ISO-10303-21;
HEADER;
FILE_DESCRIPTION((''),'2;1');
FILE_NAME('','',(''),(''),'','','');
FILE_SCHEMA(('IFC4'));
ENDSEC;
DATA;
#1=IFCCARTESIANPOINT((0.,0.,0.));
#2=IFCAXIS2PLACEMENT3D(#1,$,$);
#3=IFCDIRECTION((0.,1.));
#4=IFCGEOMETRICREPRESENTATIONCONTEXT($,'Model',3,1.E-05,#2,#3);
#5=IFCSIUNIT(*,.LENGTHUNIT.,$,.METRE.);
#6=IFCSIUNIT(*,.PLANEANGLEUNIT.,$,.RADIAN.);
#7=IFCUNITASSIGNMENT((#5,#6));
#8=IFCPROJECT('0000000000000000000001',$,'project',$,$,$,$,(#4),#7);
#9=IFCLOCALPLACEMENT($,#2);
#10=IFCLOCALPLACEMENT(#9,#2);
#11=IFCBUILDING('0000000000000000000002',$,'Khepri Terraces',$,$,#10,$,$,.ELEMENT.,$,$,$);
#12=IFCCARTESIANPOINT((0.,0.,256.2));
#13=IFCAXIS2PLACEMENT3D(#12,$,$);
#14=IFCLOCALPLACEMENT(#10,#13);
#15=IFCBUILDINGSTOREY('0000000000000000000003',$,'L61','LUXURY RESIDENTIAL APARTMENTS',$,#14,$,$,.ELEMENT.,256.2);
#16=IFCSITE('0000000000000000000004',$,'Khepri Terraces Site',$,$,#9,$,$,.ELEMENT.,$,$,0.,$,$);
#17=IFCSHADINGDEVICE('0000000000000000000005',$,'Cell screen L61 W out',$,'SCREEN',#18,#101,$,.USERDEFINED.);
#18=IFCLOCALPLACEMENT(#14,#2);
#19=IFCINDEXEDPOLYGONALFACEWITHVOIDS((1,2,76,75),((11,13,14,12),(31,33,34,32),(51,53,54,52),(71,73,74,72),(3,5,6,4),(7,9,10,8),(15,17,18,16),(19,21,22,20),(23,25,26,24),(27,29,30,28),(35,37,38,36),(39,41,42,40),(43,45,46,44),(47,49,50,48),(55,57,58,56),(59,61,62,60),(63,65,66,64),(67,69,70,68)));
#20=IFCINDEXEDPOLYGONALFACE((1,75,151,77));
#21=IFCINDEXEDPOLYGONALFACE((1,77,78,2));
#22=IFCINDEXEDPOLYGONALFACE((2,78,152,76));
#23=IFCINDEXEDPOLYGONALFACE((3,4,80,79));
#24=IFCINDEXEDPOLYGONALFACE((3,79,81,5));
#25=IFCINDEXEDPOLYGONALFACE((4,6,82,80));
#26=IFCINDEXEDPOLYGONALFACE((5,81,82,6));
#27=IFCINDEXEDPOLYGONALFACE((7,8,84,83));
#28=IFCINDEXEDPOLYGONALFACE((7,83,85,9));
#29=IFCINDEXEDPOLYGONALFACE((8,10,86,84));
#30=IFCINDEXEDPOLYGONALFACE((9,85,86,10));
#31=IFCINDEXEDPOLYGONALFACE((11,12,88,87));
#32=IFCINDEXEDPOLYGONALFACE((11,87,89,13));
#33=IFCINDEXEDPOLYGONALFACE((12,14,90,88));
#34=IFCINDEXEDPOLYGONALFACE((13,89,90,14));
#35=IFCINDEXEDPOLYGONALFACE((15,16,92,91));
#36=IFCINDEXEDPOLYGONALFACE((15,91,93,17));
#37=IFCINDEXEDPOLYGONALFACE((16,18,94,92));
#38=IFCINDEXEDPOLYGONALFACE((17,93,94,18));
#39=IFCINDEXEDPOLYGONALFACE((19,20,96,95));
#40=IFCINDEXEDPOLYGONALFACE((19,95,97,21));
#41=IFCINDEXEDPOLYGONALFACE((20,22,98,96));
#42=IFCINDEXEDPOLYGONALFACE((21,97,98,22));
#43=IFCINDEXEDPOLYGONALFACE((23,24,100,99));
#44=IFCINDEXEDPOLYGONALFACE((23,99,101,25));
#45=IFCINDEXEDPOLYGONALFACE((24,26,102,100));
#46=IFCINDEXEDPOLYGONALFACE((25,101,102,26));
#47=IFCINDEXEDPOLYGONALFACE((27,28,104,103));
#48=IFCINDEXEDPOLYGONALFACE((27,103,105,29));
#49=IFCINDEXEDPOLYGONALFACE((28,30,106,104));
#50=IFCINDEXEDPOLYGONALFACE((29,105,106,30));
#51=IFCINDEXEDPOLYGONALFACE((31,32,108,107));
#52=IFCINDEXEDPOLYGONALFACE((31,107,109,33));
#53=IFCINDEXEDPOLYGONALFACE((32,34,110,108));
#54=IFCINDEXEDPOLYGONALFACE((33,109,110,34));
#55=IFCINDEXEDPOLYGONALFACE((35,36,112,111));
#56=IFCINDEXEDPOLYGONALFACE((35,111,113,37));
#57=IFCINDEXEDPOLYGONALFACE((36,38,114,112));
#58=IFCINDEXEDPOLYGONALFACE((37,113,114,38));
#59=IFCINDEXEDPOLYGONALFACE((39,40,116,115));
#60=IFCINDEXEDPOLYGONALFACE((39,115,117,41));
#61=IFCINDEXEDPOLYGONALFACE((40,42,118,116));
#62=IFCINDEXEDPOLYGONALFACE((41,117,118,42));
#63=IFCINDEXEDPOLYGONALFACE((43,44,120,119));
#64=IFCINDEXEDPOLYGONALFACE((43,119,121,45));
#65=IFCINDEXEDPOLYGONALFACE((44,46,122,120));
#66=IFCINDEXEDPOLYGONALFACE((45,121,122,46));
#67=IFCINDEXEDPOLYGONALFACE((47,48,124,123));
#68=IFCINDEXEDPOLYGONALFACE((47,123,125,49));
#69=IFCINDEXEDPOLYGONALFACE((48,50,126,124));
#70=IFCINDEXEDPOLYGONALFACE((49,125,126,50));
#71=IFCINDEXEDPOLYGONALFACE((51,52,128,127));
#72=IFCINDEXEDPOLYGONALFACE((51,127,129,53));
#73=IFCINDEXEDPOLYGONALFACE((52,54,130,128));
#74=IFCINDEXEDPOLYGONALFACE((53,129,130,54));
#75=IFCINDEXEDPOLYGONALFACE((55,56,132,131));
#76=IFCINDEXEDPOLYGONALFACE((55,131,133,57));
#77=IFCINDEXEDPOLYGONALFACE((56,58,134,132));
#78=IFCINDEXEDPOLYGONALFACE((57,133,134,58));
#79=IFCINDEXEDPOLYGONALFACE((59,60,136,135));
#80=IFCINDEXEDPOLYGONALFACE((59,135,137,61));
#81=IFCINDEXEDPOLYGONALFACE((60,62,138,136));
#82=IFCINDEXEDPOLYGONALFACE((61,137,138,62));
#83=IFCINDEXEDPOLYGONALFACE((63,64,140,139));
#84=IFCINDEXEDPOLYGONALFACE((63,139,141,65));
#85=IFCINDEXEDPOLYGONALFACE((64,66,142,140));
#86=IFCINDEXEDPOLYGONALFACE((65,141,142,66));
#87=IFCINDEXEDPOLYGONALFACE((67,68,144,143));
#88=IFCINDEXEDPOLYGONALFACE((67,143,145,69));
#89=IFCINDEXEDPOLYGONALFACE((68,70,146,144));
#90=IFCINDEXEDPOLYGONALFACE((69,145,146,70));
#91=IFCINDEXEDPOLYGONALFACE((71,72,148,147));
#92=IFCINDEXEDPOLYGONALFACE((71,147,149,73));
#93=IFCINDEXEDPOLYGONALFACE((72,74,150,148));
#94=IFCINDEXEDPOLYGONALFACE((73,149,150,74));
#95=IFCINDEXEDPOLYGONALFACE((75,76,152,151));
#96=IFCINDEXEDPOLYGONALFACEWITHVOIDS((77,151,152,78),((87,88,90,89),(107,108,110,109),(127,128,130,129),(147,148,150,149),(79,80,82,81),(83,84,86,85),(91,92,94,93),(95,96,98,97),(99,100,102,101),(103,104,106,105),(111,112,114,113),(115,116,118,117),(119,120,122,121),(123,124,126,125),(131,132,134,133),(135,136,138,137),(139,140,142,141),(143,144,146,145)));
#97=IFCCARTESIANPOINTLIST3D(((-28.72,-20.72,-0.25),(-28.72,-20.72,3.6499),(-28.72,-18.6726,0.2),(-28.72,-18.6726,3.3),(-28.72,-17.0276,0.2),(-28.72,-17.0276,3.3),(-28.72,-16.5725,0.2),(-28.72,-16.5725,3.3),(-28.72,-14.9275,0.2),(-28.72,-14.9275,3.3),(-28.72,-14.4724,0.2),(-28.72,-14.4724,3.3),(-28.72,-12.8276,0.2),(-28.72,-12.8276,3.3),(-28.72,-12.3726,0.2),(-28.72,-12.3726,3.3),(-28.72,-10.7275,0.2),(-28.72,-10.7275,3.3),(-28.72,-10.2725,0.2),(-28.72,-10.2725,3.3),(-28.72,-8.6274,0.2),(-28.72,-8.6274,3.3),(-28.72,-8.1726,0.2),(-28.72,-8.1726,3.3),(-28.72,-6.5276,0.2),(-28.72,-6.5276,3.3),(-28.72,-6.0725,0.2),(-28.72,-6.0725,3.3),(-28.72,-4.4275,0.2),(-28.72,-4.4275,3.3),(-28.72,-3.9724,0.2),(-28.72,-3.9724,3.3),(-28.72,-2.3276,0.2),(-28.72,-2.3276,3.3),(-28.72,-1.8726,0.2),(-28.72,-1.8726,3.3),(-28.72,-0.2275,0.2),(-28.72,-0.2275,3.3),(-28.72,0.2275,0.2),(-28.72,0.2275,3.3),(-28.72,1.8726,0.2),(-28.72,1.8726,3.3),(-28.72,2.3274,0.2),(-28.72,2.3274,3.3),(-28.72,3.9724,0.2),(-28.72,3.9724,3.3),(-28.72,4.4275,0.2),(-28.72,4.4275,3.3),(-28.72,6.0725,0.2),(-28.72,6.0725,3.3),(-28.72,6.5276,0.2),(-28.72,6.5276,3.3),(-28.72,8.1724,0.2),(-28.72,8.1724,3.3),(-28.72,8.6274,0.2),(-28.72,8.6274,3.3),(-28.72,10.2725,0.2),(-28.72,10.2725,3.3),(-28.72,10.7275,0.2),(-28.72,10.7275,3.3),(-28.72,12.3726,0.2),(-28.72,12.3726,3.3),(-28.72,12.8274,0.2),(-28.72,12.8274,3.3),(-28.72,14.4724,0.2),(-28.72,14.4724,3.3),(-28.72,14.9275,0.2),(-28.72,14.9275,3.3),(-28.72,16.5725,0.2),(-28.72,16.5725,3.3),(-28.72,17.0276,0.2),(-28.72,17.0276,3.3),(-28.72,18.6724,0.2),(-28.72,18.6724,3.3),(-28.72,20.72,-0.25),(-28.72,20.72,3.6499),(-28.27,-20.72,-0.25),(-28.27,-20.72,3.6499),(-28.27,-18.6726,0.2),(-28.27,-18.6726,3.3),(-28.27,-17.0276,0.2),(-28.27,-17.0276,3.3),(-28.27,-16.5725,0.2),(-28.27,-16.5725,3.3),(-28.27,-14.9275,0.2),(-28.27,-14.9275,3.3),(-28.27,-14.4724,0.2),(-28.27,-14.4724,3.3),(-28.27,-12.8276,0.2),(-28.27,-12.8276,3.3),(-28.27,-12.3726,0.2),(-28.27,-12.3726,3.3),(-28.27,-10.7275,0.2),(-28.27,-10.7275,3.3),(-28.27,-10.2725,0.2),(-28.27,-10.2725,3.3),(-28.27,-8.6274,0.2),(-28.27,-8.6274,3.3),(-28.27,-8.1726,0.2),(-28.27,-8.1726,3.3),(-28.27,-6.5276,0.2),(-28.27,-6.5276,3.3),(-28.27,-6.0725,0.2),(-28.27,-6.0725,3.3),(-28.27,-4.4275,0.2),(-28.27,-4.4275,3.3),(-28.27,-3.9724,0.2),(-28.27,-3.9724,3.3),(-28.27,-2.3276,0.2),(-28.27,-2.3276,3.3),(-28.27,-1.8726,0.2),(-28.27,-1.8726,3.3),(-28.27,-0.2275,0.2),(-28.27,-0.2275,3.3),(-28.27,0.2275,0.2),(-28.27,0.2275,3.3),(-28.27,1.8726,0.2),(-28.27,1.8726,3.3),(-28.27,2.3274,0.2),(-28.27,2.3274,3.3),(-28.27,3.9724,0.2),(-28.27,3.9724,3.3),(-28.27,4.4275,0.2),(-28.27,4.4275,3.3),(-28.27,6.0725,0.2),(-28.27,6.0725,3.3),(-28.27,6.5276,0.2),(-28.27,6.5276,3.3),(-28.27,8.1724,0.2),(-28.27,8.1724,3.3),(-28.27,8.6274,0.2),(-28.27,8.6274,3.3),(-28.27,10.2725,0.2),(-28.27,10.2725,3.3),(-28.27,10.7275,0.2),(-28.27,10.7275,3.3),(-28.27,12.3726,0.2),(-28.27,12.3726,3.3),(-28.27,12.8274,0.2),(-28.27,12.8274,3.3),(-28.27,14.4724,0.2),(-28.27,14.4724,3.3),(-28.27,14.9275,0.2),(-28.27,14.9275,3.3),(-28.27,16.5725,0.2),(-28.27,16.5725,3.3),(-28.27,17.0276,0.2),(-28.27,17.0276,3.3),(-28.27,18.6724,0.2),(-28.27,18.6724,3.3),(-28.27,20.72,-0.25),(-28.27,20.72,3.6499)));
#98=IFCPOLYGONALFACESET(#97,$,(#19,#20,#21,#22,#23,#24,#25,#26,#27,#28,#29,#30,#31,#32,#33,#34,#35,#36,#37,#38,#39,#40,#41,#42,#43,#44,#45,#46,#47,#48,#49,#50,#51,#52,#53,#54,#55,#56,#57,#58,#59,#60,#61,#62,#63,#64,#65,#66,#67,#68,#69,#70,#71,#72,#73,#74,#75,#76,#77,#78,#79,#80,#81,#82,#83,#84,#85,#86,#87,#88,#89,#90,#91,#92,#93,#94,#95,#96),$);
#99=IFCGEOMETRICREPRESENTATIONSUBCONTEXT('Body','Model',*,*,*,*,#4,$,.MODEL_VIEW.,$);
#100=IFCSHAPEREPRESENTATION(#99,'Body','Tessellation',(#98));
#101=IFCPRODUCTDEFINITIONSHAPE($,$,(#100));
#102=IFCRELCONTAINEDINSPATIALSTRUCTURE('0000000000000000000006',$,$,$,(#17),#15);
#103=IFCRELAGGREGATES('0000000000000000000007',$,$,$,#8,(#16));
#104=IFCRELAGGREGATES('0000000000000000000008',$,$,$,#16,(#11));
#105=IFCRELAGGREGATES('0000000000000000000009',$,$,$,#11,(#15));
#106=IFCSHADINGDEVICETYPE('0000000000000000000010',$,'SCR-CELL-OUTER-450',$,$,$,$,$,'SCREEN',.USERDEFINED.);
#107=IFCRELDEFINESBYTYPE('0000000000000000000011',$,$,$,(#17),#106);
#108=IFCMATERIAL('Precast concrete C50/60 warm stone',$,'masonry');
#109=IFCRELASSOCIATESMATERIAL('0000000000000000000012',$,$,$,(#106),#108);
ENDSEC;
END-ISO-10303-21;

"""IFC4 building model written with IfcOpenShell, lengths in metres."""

from ifc_helpers import new_model, si_unit, direction, frame, origin, place, context, subcontext, project, spatial, polyline, outline, extrude, material, type_object, element, save


model = new_model("IFC4")

# Units and contexts
model_context = context("Model", 3, precision=1e-05, world=origin(), true_north=direction((0.0, 1.0)))
body_context = subcontext(model_context, "Body", "Model", "MODEL_VIEW")
ifc_project = project(units=[si_unit("LENGTHUNIT", "METRE"), si_unit("PLANEANGLEUNIT", "RADIAN")], contexts=[model_context])

# Site, building, storey
site_placement = place(None, origin())
site = spatial("IfcSite", under=ifc_project, at=site_placement, Name="Khepri Terraces Site", CompositionType="ELEMENT", RefElevation=0.0)
building_placement = place(site_placement, origin())
building = spatial("IfcBuilding", under=site, at=building_placement, Name="Khepri Terraces", CompositionType="ELEMENT")
storey_placement = place(building_placement, frame((0.0, 0.0, 256.2)))
storey = spatial("IfcBuildingStorey", under=building, at=storey_placement, Name="L61", Description="LUXURY RESIDENTIAL APARTMENTS", CompositionType="ELEMENT", Elevation=256.2)

# Shared definitions
ifc_material_1 = material(Name="Precast concrete C50/60 warm stone", Category="masonry")

# Shading device
shading_device_type_1 = type_object("IfcShadingDeviceType", Name="SCR-CELL-OUTER-450", ElementType="SCREEN", PredefinedType="USERDEFINED", material=ifc_material_1)
shading_device_1_placement = place(storey_placement, frame((-28.27, 20.72, -0.25), z_axis=(-1.0, 0.0, 0.0), x_axis=(0.0, -1.0, 0.0)))
element("IfcShadingDevice", 1, at=shading_device_1_placement, inside=storey, type_object=shading_device_type_1, Name="Cell screen L61 W out", ObjectType="SCREEN", PredefinedType="USERDEFINED", context=body_context, shape_type="SweptSolid", body=[
    extrude(outline(polyline([(0.0, 0.0), (41.4399, 0.0), (41.4399, 3.8999), (0.0, 3.8999), (0.0, 0.0)]), holes=[polyline([(2.0476, 0.45), (3.6924, 0.45), (3.6924, 3.55), (2.0476, 3.55), (2.0476, 0.45)]), polyline([(4.1475, 0.45), (5.7925, 0.45), (5.7925, 3.55), (4.1475, 3.55), (4.1475, 0.45)]), polyline([(6.2476, 0.45), (7.8926, 0.45), (7.8926, 3.55), (6.2476, 3.55), (6.2476, 0.45)]), polyline([(8.3474, 0.45), (9.9924, 0.45), (9.9924, 3.55), (8.3474, 3.55), (8.3474, 0.45)]), polyline([(10.4475, 0.45), (12.0925, 0.45), (12.0925, 3.55), (10.4475, 3.55), (10.4475, 0.45)]), polyline([(12.5476, 0.45), (14.1924, 0.45), (14.1924, 3.55), (12.5476, 3.55), (12.5476, 0.45)]), polyline([(14.6475, 0.45), (16.2925, 0.45), (16.2925, 3.55), (14.6475, 3.55), (14.6475, 0.45)]), polyline([(16.7476, 0.45), (18.3926, 0.45), (18.3926, 3.55), (16.7476, 3.55), (16.7476, 0.45)]), polyline([(18.8474, 0.45), (20.4924, 0.45), (20.4924, 3.55), (18.8474, 3.55), (18.8474, 0.45)]), polyline([(20.9475, 0.45), (22.5925, 0.45), (22.5925, 3.55), (20.9475, 3.55), (20.9475, 0.45)]), polyline([(23.0476, 0.45), (24.6924, 0.45), (24.6924, 3.55), (23.0476, 3.55), (23.0476, 0.45)]), polyline([(25.1475, 0.45), (26.7925, 0.45), (26.7925, 3.55), (25.1475, 3.55), (25.1475, 0.45)]), polyline([(27.2476, 0.45), (28.8926, 0.45), (28.8926, 3.55), (27.2476, 3.55), (27.2476, 0.45)]), polyline([(29.3474, 0.45), (30.9924, 0.45), (30.9924, 3.55), (29.3474, 3.55), (29.3474, 0.45)]), polyline([(31.4475, 0.45), (33.0925, 0.45), (33.0925, 3.55), (31.4475, 3.55), (31.4475, 0.45)]), polyline([(33.5476, 0.45), (35.1924, 0.45), (35.1924, 3.55), (33.5476, 3.55), (33.5476, 0.45)]), polyline([(35.6475, 0.45), (37.2925, 0.45), (37.2925, 3.55), (35.6475, 3.55), (35.6475, 0.45)]), polyline([(37.7476, 0.45), (39.3926, 0.45), (39.3926, 3.55), (37.7476, 3.55), (37.7476, 0.45)])]), origin(), (0.0, 0.0, 1.0), 0.45),
])

save(model, "model.ifc")
